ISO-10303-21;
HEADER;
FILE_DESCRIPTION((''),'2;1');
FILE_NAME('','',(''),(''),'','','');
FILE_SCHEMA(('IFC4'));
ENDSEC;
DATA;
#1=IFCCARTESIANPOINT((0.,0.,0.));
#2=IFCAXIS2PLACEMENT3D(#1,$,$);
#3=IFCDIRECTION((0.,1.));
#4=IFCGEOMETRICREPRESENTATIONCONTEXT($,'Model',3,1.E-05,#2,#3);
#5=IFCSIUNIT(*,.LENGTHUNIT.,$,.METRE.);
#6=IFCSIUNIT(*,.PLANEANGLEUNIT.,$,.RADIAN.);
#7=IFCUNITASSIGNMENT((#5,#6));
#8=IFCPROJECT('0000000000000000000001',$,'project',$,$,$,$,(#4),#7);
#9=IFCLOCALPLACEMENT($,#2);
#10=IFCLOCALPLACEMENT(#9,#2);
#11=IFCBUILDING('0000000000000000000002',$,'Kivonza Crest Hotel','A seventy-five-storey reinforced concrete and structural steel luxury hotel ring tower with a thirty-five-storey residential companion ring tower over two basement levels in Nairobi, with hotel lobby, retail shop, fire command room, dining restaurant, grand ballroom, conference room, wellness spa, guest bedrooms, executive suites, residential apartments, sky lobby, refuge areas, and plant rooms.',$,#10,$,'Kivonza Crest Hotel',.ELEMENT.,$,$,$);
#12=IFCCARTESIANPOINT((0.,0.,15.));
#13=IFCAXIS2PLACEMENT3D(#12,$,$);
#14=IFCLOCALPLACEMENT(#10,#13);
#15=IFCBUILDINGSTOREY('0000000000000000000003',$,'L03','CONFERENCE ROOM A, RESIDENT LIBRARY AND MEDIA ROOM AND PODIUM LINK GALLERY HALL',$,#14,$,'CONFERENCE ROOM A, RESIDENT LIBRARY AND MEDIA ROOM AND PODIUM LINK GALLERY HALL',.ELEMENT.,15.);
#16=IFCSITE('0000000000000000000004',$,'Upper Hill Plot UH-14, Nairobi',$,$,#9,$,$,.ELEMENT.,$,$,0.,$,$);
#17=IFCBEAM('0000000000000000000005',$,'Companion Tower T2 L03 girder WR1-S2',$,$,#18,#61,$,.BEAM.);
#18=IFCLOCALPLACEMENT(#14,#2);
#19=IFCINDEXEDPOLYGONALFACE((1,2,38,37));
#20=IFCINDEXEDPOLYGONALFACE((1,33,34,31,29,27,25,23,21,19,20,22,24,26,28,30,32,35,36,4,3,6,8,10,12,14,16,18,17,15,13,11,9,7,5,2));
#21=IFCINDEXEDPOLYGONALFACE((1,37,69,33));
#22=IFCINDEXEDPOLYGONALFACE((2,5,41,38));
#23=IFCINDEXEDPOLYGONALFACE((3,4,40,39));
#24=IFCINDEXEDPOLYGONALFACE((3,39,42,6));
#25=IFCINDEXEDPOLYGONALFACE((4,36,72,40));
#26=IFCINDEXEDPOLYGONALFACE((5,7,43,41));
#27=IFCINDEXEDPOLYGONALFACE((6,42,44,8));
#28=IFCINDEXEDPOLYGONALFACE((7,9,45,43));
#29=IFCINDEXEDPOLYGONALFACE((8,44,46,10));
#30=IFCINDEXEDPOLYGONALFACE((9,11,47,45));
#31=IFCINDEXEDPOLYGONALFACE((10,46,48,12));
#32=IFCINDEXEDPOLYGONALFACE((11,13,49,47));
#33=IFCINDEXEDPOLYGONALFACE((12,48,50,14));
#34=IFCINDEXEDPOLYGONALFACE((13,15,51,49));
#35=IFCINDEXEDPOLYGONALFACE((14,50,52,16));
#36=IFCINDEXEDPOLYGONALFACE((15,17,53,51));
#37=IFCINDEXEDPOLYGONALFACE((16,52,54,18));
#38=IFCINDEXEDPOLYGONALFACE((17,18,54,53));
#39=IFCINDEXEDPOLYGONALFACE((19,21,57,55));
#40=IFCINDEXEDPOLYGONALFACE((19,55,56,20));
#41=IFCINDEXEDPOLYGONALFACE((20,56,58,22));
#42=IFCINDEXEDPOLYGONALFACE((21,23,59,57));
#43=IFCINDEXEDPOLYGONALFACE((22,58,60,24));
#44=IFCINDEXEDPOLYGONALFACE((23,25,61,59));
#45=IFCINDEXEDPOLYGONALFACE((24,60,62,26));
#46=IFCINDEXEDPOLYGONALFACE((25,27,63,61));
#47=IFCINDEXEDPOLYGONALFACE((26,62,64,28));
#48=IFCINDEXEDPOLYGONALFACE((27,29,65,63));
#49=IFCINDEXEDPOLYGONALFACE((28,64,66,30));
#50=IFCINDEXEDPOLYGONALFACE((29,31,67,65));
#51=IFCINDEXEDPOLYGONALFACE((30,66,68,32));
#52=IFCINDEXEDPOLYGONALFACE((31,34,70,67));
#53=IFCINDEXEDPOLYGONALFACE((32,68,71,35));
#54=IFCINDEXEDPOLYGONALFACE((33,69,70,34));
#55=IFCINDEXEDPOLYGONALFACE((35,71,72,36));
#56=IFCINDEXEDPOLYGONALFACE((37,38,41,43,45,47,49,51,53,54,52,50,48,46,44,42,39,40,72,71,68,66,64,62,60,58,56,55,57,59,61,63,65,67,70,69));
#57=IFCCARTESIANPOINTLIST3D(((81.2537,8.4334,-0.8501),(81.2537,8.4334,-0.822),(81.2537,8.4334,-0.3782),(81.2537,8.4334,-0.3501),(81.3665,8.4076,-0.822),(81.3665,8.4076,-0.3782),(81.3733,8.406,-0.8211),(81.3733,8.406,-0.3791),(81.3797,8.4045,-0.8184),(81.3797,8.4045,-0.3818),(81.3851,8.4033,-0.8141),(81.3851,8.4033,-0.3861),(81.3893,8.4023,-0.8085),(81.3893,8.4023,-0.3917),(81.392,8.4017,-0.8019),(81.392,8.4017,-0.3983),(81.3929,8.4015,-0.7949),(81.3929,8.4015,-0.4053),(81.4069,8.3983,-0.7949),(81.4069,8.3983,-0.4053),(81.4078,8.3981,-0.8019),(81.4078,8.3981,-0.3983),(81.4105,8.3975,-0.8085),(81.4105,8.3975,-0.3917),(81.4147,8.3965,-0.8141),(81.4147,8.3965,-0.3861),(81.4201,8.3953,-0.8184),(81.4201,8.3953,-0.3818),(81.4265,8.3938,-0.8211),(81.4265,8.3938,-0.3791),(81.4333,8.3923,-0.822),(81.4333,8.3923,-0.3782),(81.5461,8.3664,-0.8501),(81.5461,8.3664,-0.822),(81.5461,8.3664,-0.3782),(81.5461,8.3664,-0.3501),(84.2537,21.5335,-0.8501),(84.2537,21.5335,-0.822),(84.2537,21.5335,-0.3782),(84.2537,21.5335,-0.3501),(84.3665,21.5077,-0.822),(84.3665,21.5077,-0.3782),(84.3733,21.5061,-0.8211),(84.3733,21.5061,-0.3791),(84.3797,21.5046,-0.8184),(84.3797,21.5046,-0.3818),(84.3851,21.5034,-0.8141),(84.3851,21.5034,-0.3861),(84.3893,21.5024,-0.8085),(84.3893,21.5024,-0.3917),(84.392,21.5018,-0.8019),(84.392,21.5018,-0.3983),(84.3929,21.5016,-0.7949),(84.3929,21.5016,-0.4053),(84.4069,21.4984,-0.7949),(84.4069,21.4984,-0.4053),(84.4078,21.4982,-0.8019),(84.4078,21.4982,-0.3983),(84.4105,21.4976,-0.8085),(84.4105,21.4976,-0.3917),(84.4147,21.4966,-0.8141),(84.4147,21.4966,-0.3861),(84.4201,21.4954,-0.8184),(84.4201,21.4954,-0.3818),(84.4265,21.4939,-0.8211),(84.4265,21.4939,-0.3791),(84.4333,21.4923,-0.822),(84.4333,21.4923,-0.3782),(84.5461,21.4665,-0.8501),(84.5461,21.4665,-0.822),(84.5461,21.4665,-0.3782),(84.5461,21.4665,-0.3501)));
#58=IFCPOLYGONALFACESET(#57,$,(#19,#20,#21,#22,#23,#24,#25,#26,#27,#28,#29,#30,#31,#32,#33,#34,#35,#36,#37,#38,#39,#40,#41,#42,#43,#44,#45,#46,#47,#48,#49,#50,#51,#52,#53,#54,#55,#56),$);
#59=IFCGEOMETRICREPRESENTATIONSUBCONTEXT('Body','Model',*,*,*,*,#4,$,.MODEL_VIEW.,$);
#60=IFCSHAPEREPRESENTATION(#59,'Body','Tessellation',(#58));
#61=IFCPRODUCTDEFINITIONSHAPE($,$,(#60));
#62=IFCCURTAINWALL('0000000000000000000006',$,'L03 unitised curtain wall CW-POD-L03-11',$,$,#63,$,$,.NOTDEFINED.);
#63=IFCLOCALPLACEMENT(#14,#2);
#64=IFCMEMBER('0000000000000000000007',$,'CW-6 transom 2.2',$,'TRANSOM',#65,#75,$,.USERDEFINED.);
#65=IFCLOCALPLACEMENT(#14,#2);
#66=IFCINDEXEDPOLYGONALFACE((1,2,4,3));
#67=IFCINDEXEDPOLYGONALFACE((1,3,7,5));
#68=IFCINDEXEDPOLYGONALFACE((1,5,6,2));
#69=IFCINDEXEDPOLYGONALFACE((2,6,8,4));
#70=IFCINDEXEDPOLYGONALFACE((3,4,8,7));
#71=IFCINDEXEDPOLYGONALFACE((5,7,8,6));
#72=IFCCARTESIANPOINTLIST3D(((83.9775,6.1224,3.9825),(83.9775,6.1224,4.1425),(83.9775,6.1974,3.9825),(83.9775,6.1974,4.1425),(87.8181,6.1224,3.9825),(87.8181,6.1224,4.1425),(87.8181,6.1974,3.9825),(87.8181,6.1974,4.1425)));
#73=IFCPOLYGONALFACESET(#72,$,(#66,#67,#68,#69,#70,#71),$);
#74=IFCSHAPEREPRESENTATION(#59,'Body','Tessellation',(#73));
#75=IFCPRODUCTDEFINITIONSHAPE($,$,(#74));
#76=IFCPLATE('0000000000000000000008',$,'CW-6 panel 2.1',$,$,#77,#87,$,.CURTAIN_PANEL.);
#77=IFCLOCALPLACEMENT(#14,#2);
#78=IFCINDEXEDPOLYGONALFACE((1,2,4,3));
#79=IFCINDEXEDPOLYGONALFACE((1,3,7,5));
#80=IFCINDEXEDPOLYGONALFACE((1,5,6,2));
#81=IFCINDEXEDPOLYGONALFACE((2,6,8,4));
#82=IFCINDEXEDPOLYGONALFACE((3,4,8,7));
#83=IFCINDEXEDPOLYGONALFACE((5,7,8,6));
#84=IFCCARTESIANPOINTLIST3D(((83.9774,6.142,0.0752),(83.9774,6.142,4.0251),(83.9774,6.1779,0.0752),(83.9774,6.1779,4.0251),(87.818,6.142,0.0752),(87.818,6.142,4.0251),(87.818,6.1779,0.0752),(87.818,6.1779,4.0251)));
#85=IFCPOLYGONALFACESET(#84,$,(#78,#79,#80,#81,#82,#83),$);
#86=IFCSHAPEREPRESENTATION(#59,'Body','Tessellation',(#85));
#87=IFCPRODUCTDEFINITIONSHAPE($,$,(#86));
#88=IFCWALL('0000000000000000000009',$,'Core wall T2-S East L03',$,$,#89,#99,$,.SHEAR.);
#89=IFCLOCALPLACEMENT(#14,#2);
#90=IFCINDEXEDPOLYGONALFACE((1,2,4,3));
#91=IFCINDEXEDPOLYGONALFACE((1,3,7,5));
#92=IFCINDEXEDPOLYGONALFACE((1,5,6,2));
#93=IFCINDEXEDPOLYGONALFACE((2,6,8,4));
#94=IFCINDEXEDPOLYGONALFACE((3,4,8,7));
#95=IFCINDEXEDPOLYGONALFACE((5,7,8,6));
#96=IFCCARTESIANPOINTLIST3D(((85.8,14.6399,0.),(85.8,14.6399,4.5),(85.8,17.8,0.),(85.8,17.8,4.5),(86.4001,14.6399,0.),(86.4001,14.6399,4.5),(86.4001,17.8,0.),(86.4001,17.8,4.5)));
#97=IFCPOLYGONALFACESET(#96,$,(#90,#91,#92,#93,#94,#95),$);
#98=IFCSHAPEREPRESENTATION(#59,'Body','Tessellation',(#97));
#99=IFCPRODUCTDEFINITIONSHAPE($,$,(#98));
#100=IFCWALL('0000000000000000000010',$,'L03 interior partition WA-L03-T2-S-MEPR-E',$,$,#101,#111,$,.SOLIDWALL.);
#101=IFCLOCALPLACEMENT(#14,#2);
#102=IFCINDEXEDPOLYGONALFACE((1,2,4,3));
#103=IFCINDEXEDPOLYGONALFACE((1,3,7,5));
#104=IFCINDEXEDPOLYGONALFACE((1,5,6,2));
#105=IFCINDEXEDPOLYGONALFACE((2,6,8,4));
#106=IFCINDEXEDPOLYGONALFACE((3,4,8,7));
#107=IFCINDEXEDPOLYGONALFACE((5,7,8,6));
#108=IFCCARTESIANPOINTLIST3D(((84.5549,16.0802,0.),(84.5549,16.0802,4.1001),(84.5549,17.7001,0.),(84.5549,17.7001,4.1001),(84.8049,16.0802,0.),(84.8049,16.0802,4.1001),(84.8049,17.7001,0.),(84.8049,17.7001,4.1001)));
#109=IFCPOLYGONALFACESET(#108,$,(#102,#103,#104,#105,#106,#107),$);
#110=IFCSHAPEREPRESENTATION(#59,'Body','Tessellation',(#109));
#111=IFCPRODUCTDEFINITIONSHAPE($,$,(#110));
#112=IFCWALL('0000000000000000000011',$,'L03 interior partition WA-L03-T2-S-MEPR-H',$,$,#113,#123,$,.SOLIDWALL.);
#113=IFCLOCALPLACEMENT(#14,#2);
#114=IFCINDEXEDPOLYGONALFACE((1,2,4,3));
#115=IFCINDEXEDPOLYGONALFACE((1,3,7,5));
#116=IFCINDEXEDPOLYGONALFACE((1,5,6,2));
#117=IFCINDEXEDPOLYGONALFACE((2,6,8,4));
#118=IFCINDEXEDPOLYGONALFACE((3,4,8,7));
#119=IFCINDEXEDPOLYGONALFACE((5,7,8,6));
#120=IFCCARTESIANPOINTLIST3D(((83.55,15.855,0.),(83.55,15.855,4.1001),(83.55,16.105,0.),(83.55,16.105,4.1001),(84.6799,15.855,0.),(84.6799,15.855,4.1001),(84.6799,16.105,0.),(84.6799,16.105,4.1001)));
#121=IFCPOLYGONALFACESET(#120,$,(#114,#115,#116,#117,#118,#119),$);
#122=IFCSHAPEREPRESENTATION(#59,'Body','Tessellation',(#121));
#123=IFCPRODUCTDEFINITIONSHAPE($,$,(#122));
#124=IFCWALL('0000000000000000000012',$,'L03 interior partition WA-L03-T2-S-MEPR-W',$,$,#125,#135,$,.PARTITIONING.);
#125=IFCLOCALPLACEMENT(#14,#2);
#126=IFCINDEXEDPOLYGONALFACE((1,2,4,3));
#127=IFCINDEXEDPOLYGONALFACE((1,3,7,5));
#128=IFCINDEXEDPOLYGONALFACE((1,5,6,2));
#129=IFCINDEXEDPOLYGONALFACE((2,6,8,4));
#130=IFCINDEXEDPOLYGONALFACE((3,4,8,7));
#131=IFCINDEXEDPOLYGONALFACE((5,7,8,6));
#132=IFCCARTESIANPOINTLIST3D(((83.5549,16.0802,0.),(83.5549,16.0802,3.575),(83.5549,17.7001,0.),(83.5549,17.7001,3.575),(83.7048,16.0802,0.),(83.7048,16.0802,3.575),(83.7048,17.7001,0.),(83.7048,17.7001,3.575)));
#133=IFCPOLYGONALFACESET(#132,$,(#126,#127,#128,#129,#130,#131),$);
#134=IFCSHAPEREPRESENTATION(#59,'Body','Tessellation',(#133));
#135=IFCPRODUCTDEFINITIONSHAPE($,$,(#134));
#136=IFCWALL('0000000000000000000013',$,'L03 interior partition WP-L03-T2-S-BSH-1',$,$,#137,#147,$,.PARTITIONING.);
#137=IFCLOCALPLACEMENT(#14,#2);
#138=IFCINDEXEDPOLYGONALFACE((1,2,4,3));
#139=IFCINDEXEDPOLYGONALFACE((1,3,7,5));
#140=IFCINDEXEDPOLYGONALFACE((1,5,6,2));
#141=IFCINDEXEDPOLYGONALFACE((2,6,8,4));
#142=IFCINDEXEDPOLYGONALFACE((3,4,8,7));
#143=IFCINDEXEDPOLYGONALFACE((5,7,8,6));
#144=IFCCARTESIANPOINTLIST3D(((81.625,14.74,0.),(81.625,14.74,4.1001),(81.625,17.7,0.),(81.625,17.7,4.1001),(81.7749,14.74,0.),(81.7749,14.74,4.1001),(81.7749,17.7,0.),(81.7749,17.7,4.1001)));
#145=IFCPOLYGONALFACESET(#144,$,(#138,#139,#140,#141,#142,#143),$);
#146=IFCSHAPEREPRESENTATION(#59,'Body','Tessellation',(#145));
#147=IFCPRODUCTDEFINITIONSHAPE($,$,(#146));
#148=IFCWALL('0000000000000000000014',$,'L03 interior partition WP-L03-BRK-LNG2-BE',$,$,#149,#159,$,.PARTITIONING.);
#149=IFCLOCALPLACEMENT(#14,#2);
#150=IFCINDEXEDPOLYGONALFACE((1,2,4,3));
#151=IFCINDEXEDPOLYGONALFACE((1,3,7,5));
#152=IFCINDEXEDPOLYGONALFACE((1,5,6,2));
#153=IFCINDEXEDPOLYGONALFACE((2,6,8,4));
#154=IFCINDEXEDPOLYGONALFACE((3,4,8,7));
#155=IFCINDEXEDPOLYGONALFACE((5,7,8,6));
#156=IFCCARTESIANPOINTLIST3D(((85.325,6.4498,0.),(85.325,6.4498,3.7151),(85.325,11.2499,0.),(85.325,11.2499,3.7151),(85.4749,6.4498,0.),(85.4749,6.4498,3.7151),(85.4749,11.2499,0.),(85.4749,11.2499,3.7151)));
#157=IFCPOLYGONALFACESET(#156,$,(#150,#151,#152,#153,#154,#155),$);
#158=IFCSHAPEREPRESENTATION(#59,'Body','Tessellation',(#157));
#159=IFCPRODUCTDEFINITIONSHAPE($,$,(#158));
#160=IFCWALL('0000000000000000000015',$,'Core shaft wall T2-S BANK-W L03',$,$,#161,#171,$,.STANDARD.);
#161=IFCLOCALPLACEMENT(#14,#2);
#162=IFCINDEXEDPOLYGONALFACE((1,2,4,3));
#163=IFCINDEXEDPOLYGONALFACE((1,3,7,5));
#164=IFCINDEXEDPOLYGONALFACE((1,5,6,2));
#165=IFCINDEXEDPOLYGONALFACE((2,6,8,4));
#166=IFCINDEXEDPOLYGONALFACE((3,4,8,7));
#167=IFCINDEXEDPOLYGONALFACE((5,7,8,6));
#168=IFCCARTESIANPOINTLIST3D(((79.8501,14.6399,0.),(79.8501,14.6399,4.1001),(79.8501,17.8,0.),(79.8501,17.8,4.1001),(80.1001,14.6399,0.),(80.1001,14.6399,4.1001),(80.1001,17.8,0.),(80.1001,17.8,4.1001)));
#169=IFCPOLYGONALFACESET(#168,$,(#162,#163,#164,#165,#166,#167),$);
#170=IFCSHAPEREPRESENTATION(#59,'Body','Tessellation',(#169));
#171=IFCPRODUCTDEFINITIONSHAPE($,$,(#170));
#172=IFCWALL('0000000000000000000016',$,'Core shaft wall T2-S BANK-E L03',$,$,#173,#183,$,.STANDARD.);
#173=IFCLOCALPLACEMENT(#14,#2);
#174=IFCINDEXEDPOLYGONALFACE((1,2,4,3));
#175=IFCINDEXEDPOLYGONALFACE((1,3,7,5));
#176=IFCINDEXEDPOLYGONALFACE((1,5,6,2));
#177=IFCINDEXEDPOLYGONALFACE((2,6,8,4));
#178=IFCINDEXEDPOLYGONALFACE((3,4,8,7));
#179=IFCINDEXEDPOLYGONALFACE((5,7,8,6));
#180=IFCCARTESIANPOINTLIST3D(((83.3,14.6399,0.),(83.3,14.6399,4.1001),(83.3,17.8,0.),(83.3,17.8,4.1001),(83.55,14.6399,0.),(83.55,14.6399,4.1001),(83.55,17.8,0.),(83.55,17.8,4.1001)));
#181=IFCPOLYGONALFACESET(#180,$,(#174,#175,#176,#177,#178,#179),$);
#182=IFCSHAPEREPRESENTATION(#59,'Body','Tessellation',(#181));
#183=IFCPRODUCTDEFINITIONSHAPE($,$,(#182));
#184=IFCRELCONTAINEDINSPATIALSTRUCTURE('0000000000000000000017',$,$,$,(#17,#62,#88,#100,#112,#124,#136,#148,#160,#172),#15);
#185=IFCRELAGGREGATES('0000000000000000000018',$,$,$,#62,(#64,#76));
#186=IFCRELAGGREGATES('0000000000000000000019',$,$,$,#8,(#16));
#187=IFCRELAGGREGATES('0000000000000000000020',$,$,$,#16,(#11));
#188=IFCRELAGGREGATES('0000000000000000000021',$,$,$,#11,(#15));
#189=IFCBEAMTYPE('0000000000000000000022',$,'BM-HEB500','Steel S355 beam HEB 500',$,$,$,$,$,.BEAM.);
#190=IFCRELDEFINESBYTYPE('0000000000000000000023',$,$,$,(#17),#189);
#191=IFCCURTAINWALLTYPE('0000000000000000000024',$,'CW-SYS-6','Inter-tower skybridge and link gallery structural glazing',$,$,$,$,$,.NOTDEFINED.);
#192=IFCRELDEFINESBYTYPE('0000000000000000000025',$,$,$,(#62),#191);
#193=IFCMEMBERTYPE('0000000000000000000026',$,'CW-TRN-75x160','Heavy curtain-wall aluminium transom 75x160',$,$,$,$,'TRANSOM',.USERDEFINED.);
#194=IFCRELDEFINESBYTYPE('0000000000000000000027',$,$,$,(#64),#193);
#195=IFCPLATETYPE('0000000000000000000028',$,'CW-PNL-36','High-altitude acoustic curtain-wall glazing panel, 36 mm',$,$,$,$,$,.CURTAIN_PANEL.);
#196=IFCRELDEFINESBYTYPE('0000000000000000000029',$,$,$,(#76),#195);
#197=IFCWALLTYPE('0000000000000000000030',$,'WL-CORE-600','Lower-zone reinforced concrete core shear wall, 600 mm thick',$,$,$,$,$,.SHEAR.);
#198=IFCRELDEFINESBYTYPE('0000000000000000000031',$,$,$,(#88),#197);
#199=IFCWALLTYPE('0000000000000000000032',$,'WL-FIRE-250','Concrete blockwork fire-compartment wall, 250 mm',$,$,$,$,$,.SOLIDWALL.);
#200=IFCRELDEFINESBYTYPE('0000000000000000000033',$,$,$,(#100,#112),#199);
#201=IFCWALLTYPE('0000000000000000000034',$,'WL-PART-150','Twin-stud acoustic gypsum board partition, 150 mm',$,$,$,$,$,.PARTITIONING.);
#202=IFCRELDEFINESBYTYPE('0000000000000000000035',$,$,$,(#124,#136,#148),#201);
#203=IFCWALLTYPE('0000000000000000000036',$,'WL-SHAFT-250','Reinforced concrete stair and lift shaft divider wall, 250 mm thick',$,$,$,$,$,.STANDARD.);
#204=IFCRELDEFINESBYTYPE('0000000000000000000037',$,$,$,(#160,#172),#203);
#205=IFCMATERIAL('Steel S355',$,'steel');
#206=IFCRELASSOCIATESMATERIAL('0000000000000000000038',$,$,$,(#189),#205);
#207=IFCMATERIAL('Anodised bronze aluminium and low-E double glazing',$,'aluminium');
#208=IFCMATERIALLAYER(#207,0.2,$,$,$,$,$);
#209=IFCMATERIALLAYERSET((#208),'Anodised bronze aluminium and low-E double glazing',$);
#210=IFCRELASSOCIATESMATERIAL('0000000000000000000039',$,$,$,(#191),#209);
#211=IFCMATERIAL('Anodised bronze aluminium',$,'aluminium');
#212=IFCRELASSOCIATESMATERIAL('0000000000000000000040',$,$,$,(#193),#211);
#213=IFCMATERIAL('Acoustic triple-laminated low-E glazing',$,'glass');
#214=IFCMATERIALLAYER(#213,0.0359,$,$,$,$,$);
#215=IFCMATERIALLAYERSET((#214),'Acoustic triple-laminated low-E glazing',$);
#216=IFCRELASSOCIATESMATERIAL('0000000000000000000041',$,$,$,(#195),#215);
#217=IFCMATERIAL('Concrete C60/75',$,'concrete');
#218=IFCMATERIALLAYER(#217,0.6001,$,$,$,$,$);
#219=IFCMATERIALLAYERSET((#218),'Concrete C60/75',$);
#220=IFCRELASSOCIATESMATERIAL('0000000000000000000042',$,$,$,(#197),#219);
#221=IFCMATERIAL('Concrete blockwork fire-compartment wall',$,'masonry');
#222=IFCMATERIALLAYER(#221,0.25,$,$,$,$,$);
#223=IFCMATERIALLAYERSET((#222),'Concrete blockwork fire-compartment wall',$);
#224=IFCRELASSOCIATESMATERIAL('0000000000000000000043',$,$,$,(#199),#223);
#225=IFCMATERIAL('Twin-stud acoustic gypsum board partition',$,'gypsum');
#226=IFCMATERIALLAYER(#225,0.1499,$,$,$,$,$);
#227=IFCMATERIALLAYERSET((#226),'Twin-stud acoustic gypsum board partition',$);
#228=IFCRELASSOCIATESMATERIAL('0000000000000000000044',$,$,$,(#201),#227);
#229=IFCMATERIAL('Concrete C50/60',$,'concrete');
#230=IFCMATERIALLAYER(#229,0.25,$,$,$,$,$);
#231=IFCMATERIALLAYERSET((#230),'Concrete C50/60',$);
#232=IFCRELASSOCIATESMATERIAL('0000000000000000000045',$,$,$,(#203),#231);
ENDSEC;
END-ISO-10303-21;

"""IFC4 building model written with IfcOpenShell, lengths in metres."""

from ifc_helpers import new_model, si_unit, direction, frame, frame_2d, origin, origin_2d, place, context, subcontext, project, spatial, rectangle, i_section, extrude, material, layer, layer_set, material_profile, profile_set, type_object, element, aggregate, save


model = new_model("IFC4")

# Units and contexts
model_context = context("Model", 3, precision=1e-05, world=origin(), true_north=direction((0.0, 1.0)))
body_context = subcontext(model_context, "Body", "Model", "MODEL_VIEW")
ifc_project = project(units=[si_unit("LENGTHUNIT", "METRE"), si_unit("PLANEANGLEUNIT", "RADIAN")], contexts=[model_context])

# Site, building, storey
site_placement = place(None, origin())
site = spatial("IfcSite", under=ifc_project, at=site_placement, Name="Upper Hill Plot UH-14, Nairobi", CompositionType="ELEMENT", RefElevation=0.0)
building_placement = place(site_placement, origin())
building = spatial("IfcBuilding", under=site, at=building_placement, Name="Kivonza Crest Hotel", Description="A seventy-five-storey reinforced concrete and structural steel luxury hotel ring tower with a thirty-five-storey residential companion ring tower over two basement levels in Nairobi, with hotel lobby, retail shop, fire command room, dining restaurant, grand ballroom, conference room, wellness spa, guest bedrooms, executive suites, residential apartments, sky lobby, refuge areas, and plant rooms.", LongName="Kivonza Crest Hotel", CompositionType="ELEMENT")
storey_placement = place(building_placement, frame((0.0, 0.0, 15.0)))
storey = spatial("IfcBuildingStorey", under=building, at=storey_placement, Name="L03", Description="CONFERENCE ROOM A, RESIDENT LIBRARY AND MEDIA ROOM AND PODIUM LINK GALLERY HALL", LongName="CONFERENCE ROOM A, RESIDENT LIBRARY AND MEDIA ROOM AND PODIUM LINK GALLERY HALL", CompositionType="ELEMENT", Elevation=15.0)

# Shared definitions
ifc_material_1 = material(Name="Concrete C60/75", Category="concrete")

# Beam
ifc_material_2 = material(Name="Steel S355", Category="steel")
ifc_material_profile_1 = material_profile(ifc_material_2, i_section(OverallWidth=0.3, OverallDepth=0.5, WebThickness=0.0144, FlangeThickness=0.0281, FilletRadius=0.0271, at=origin_2d()), Name="HEB 500")
ifc_profile_set_1 = profile_set([ifc_material_profile_1], Name="Steel S355")
beam_type_1 = type_object("IfcBeamType", Name="BM-HEB500", Description="Steel S355 beam HEB 500", PredefinedType="BEAM", material=ifc_profile_set_1)
beam_1_placement = place(storey_placement, frame((84.3999, 21.5, -0.6001), z_axis=(-0.223227, -0.974766, 0.0), x_axis=(0.974766, -0.223227, 0.0)))
element("IfcBeam", 1, at=beam_1_placement, inside=storey, type_object=beam_type_1, Name="Companion Tower T2 L03 girder WR1-S2", PredefinedType="BEAM", context=body_context, shape_type="SweptSolid", body=[
    extrude(i_section(OverallWidth=0.3, OverallDepth=0.5, WebThickness=0.0144, FlangeThickness=0.0281, FilletRadius=0.0271, at=origin_2d()), origin(), (0.0, 0.0, 1.0), 13.4392),
])

# Curtain wall, member, plate
ifc_material_3 = material(Name="Anodised bronze aluminium and low-E double glazing", Category="aluminium")
ifc_layer_1 = layer(ifc_material_3, 0.2)
ifc_layer_set_1 = layer_set([ifc_layer_1], Name="Anodised bronze aluminium and low-E double glazing")
curtain_wall_type = type_object("IfcCurtainWallType", Name="CW-SYS-6", Description="Inter-tower skybridge and link gallery structural glazing", PredefinedType="NOTDEFINED", material=ifc_layer_set_1)
curtain_wall_placement = place(storey_placement, origin())
curtain_wall = element("IfcCurtainWall", 2, at=curtain_wall_placement, inside=storey, type_object=curtain_wall_type, Name="L03 unitised curtain wall CW-POD-L03-11", PredefinedType="NOTDEFINED")
ifc_material_4 = material(Name="Anodised bronze aluminium", Category="aluminium")
ifc_material_profile_2 = material_profile(ifc_material_4, rectangle(XDim=0.075, YDim=0.1599, at=origin_2d()), Name="CW-T 75x160")
ifc_profile_set_2 = profile_set([ifc_material_profile_2], Name="Anodised bronze aluminium")
member_type = type_object("IfcMemberType", Name="CW-TRN-75x160", Description="Heavy curtain-wall aluminium transom 75x160", ElementType="TRANSOM", PredefinedType="USERDEFINED", material=ifc_profile_set_2)
member_placement = place(storey_placement, frame((83.9775, 6.1599, 4.0625), z_axis=(1.0, 0.0, 0.0), x_axis=(0.0, 1.0, 0.0)))
member = element("IfcMember", 3, at=member_placement, type_object=member_type, Name="CW-6 transom 2.2", ObjectType="TRANSOM", PredefinedType="USERDEFINED", context=body_context, shape_type="SweptSolid", body=[
    extrude(rectangle(XDim=0.075, YDim=0.1599, at=origin_2d()), origin(), (0.0, 0.0, 1.0), 3.8406),
])
ifc_material_5 = material(Name="Acoustic triple-laminated low-E glazing", Category="glass")
ifc_layer_2 = layer(ifc_material_5, 0.0359)
ifc_layer_set_2 = layer_set([ifc_layer_2], Name="Acoustic triple-laminated low-E glazing")
plate_type = type_object("IfcPlateType", Name="CW-PNL-36", Description="High-altitude acoustic curtain-wall glazing panel, 36 mm", PredefinedType="CURTAIN_PANEL", material=ifc_layer_set_2)
plate_placement = place(storey_placement, frame((85.8977, 6.1599, 0.0752), z_axis=(0.0, 0.0, 1.0), x_axis=(1.0, 0.0, 0.0)))
plate = element("IfcPlate", 4, at=plate_placement, type_object=plate_type, Name="CW-6 panel 2.1", PredefinedType="CURTAIN_PANEL", context=body_context, shape_type="SweptSolid", body=[
    extrude(rectangle(XDim=3.8406, YDim=0.0359, at=origin_2d()), origin(), (0.0, 0.0, 1.0), 3.95),
])
aggregate(curtain_wall, [member, plate])

# Walls
ifc_layer_3 = layer(ifc_material_1, 0.6001)
ifc_layer_set_3 = layer_set([ifc_layer_3], Name="Concrete C60/75")
wall_type_1 = type_object("IfcWallType", Name="WL-CORE-600", Description="Lower-zone reinforced concrete core shear wall, 600 mm thick", PredefinedType="SHEAR", material=ifc_layer_set_3)
wall_1_placement = place(storey_placement, frame((86.1001, 14.6399, 0.0), z_axis=(0.0, 0.0, 1.0), x_axis=(0.0, 1.0, 0.0)))
element("IfcWall", 5, at=wall_1_placement, inside=storey, type_object=wall_type_1, Name="Core wall T2-S East L03", PredefinedType="SHEAR", context=body_context, shape_type="SweptSolid", body=[
    extrude(rectangle(XDim=3.1602, YDim=0.6001, at=frame_2d((1.5801, 0.0))), origin(), (0.0, 0.0, 1.0), 4.5),
])
ifc_material_6 = material(Name="Concrete blockwork fire-compartment wall", Category="masonry")
ifc_layer_4 = layer(ifc_material_6, 0.25)
ifc_layer_set_4 = layer_set([ifc_layer_4], Name="Concrete blockwork fire-compartment wall")
wall_type_2 = type_object("IfcWallType", Name="WL-FIRE-250", Description="Concrete blockwork fire-compartment wall, 250 mm", PredefinedType="SOLIDWALL", material=ifc_layer_set_4)
wall_2_placement = place(storey_placement, frame((84.6799, 16.0801, 0.0), z_axis=(0.0, 0.0, 1.0), x_axis=(0.0, 1.0, 0.0)))
element("IfcWall", 6, at=wall_2_placement, inside=storey, type_object=wall_type_2, Name="L03 interior partition WA-L03-T2-S-MEPR-E", PredefinedType="SOLIDWALL", context=body_context, shape_type="SweptSolid", body=[
    extrude(rectangle(XDim=1.6199, YDim=0.25, at=frame_2d((0.8101, 0.0))), origin(), (0.0, 0.0, 1.0), 4.1001),
])
wall_3_placement = place(storey_placement, frame((83.55, 15.98, 0.0), z_axis=(0.0, 0.0, 1.0), x_axis=(1.0, 0.0, 0.0)))
element("IfcWall", 7, at=wall_3_placement, inside=storey, type_object=wall_type_2, Name="L03 interior partition WA-L03-T2-S-MEPR-H", PredefinedType="SOLIDWALL", context=body_context, shape_type="SweptSolid", body=[
    extrude(rectangle(XDim=1.1299, YDim=0.25, at=frame_2d((0.5649, 0.0))), origin(), (0.0, 0.0, 1.0), 4.1001),
])
ifc_material_7 = material(Name="Twin-stud acoustic gypsum board partition", Category="gypsum")
ifc_layer_5 = layer(ifc_material_7, 0.1499)
ifc_layer_set_5 = layer_set([ifc_layer_5], Name="Twin-stud acoustic gypsum board partition")
wall_type_3 = type_object("IfcWallType", Name="WL-PART-150", Description="Twin-stud acoustic gypsum board partition, 150 mm", PredefinedType="PARTITIONING", material=ifc_layer_set_5)
wall_4_placement = place(storey_placement, frame((83.6299, 16.0801, 0.0), z_axis=(0.0, 0.0, 1.0), x_axis=(0.0, 1.0, 0.0)))
element("IfcWall", 8, at=wall_4_placement, inside=storey, type_object=wall_type_3, Name="L03 interior partition WA-L03-T2-S-MEPR-W", PredefinedType="PARTITIONING", context=body_context, shape_type="SweptSolid", body=[
    extrude(rectangle(XDim=1.6199, YDim=0.1499, at=frame_2d((0.8101, 0.0))), origin(), (0.0, 0.0, 1.0), 3.575),
])
wall_5_placement = place(storey_placement, frame((81.7, 14.74, 0.0), z_axis=(0.0, 0.0, 1.0), x_axis=(0.0, 1.0, 0.0)))
element("IfcWall", 9, at=wall_5_placement, inside=storey, type_object=wall_type_3, Name="L03 interior partition WP-L03-T2-S-BSH-1", PredefinedType="PARTITIONING", context=body_context, shape_type="SweptSolid", body=[
    extrude(rectangle(XDim=2.96, YDim=0.1499, at=frame_2d((1.48, 0.0))), origin(), (0.0, 0.0, 1.0), 4.1001),
])
wall_6_placement = place(storey_placement, frame((85.3999, 6.45, 0.0), z_axis=(0.0, 0.0, 1.0), x_axis=(0.0, 1.0, 0.0)))
element("IfcWall", 10, at=wall_6_placement, inside=storey, type_object=wall_type_3, Name="L03 interior partition WP-L03-BRK-LNG2-BE", PredefinedType="PARTITIONING", context=body_context, shape_type="SweptSolid", body=[
    extrude(rectangle(XDim=4.8, YDim=0.1499, at=frame_2d((2.3999, 0.0))), origin(), (0.0, 0.0, 1.0), 3.7151),
])

# Shared definitions
ifc_material_8 = material(Name="Concrete C50/60", Category="concrete")
ifc_layer_6 = layer(ifc_material_8, 0.25)
ifc_layer_set_6 = layer_set([ifc_layer_6], Name="Concrete C50/60")
wall_type_4 = type_object("IfcWallType", Name="WL-SHAFT-250", Description="Reinforced concrete stair and lift shaft divider wall, 250 mm thick", PredefinedType="STANDARD", material=ifc_layer_set_6)

# Walls
for number, where, z_axis, x_axis, name in (
    (11, (79.9751, 14.6399, 0.0), (0.0, 0.0, 1.0), (0.0, 1.0, 0.0), "Core shaft wall T2-S BANK-W L03"),
    (12, (83.425, 14.6399, 0.0), (0.0, 0.0, 1.0), (0.0, 1.0, 0.0), "Core shaft wall T2-S BANK-E L03"),
):
    element("IfcWall", number, at=place(storey_placement, frame(where, z_axis=z_axis, x_axis=x_axis)), inside=storey, type_object=wall_type_4, Name=name, PredefinedType="STANDARD", context=body_context, shape_type="SweptSolid", body=[
        extrude(rectangle(XDim=3.1602, YDim=0.25, at=frame_2d((1.5801, 0.0))), origin(), (0.0, 0.0, 1.0), 4.1001),
    ])

save(model, "model.ifc")
